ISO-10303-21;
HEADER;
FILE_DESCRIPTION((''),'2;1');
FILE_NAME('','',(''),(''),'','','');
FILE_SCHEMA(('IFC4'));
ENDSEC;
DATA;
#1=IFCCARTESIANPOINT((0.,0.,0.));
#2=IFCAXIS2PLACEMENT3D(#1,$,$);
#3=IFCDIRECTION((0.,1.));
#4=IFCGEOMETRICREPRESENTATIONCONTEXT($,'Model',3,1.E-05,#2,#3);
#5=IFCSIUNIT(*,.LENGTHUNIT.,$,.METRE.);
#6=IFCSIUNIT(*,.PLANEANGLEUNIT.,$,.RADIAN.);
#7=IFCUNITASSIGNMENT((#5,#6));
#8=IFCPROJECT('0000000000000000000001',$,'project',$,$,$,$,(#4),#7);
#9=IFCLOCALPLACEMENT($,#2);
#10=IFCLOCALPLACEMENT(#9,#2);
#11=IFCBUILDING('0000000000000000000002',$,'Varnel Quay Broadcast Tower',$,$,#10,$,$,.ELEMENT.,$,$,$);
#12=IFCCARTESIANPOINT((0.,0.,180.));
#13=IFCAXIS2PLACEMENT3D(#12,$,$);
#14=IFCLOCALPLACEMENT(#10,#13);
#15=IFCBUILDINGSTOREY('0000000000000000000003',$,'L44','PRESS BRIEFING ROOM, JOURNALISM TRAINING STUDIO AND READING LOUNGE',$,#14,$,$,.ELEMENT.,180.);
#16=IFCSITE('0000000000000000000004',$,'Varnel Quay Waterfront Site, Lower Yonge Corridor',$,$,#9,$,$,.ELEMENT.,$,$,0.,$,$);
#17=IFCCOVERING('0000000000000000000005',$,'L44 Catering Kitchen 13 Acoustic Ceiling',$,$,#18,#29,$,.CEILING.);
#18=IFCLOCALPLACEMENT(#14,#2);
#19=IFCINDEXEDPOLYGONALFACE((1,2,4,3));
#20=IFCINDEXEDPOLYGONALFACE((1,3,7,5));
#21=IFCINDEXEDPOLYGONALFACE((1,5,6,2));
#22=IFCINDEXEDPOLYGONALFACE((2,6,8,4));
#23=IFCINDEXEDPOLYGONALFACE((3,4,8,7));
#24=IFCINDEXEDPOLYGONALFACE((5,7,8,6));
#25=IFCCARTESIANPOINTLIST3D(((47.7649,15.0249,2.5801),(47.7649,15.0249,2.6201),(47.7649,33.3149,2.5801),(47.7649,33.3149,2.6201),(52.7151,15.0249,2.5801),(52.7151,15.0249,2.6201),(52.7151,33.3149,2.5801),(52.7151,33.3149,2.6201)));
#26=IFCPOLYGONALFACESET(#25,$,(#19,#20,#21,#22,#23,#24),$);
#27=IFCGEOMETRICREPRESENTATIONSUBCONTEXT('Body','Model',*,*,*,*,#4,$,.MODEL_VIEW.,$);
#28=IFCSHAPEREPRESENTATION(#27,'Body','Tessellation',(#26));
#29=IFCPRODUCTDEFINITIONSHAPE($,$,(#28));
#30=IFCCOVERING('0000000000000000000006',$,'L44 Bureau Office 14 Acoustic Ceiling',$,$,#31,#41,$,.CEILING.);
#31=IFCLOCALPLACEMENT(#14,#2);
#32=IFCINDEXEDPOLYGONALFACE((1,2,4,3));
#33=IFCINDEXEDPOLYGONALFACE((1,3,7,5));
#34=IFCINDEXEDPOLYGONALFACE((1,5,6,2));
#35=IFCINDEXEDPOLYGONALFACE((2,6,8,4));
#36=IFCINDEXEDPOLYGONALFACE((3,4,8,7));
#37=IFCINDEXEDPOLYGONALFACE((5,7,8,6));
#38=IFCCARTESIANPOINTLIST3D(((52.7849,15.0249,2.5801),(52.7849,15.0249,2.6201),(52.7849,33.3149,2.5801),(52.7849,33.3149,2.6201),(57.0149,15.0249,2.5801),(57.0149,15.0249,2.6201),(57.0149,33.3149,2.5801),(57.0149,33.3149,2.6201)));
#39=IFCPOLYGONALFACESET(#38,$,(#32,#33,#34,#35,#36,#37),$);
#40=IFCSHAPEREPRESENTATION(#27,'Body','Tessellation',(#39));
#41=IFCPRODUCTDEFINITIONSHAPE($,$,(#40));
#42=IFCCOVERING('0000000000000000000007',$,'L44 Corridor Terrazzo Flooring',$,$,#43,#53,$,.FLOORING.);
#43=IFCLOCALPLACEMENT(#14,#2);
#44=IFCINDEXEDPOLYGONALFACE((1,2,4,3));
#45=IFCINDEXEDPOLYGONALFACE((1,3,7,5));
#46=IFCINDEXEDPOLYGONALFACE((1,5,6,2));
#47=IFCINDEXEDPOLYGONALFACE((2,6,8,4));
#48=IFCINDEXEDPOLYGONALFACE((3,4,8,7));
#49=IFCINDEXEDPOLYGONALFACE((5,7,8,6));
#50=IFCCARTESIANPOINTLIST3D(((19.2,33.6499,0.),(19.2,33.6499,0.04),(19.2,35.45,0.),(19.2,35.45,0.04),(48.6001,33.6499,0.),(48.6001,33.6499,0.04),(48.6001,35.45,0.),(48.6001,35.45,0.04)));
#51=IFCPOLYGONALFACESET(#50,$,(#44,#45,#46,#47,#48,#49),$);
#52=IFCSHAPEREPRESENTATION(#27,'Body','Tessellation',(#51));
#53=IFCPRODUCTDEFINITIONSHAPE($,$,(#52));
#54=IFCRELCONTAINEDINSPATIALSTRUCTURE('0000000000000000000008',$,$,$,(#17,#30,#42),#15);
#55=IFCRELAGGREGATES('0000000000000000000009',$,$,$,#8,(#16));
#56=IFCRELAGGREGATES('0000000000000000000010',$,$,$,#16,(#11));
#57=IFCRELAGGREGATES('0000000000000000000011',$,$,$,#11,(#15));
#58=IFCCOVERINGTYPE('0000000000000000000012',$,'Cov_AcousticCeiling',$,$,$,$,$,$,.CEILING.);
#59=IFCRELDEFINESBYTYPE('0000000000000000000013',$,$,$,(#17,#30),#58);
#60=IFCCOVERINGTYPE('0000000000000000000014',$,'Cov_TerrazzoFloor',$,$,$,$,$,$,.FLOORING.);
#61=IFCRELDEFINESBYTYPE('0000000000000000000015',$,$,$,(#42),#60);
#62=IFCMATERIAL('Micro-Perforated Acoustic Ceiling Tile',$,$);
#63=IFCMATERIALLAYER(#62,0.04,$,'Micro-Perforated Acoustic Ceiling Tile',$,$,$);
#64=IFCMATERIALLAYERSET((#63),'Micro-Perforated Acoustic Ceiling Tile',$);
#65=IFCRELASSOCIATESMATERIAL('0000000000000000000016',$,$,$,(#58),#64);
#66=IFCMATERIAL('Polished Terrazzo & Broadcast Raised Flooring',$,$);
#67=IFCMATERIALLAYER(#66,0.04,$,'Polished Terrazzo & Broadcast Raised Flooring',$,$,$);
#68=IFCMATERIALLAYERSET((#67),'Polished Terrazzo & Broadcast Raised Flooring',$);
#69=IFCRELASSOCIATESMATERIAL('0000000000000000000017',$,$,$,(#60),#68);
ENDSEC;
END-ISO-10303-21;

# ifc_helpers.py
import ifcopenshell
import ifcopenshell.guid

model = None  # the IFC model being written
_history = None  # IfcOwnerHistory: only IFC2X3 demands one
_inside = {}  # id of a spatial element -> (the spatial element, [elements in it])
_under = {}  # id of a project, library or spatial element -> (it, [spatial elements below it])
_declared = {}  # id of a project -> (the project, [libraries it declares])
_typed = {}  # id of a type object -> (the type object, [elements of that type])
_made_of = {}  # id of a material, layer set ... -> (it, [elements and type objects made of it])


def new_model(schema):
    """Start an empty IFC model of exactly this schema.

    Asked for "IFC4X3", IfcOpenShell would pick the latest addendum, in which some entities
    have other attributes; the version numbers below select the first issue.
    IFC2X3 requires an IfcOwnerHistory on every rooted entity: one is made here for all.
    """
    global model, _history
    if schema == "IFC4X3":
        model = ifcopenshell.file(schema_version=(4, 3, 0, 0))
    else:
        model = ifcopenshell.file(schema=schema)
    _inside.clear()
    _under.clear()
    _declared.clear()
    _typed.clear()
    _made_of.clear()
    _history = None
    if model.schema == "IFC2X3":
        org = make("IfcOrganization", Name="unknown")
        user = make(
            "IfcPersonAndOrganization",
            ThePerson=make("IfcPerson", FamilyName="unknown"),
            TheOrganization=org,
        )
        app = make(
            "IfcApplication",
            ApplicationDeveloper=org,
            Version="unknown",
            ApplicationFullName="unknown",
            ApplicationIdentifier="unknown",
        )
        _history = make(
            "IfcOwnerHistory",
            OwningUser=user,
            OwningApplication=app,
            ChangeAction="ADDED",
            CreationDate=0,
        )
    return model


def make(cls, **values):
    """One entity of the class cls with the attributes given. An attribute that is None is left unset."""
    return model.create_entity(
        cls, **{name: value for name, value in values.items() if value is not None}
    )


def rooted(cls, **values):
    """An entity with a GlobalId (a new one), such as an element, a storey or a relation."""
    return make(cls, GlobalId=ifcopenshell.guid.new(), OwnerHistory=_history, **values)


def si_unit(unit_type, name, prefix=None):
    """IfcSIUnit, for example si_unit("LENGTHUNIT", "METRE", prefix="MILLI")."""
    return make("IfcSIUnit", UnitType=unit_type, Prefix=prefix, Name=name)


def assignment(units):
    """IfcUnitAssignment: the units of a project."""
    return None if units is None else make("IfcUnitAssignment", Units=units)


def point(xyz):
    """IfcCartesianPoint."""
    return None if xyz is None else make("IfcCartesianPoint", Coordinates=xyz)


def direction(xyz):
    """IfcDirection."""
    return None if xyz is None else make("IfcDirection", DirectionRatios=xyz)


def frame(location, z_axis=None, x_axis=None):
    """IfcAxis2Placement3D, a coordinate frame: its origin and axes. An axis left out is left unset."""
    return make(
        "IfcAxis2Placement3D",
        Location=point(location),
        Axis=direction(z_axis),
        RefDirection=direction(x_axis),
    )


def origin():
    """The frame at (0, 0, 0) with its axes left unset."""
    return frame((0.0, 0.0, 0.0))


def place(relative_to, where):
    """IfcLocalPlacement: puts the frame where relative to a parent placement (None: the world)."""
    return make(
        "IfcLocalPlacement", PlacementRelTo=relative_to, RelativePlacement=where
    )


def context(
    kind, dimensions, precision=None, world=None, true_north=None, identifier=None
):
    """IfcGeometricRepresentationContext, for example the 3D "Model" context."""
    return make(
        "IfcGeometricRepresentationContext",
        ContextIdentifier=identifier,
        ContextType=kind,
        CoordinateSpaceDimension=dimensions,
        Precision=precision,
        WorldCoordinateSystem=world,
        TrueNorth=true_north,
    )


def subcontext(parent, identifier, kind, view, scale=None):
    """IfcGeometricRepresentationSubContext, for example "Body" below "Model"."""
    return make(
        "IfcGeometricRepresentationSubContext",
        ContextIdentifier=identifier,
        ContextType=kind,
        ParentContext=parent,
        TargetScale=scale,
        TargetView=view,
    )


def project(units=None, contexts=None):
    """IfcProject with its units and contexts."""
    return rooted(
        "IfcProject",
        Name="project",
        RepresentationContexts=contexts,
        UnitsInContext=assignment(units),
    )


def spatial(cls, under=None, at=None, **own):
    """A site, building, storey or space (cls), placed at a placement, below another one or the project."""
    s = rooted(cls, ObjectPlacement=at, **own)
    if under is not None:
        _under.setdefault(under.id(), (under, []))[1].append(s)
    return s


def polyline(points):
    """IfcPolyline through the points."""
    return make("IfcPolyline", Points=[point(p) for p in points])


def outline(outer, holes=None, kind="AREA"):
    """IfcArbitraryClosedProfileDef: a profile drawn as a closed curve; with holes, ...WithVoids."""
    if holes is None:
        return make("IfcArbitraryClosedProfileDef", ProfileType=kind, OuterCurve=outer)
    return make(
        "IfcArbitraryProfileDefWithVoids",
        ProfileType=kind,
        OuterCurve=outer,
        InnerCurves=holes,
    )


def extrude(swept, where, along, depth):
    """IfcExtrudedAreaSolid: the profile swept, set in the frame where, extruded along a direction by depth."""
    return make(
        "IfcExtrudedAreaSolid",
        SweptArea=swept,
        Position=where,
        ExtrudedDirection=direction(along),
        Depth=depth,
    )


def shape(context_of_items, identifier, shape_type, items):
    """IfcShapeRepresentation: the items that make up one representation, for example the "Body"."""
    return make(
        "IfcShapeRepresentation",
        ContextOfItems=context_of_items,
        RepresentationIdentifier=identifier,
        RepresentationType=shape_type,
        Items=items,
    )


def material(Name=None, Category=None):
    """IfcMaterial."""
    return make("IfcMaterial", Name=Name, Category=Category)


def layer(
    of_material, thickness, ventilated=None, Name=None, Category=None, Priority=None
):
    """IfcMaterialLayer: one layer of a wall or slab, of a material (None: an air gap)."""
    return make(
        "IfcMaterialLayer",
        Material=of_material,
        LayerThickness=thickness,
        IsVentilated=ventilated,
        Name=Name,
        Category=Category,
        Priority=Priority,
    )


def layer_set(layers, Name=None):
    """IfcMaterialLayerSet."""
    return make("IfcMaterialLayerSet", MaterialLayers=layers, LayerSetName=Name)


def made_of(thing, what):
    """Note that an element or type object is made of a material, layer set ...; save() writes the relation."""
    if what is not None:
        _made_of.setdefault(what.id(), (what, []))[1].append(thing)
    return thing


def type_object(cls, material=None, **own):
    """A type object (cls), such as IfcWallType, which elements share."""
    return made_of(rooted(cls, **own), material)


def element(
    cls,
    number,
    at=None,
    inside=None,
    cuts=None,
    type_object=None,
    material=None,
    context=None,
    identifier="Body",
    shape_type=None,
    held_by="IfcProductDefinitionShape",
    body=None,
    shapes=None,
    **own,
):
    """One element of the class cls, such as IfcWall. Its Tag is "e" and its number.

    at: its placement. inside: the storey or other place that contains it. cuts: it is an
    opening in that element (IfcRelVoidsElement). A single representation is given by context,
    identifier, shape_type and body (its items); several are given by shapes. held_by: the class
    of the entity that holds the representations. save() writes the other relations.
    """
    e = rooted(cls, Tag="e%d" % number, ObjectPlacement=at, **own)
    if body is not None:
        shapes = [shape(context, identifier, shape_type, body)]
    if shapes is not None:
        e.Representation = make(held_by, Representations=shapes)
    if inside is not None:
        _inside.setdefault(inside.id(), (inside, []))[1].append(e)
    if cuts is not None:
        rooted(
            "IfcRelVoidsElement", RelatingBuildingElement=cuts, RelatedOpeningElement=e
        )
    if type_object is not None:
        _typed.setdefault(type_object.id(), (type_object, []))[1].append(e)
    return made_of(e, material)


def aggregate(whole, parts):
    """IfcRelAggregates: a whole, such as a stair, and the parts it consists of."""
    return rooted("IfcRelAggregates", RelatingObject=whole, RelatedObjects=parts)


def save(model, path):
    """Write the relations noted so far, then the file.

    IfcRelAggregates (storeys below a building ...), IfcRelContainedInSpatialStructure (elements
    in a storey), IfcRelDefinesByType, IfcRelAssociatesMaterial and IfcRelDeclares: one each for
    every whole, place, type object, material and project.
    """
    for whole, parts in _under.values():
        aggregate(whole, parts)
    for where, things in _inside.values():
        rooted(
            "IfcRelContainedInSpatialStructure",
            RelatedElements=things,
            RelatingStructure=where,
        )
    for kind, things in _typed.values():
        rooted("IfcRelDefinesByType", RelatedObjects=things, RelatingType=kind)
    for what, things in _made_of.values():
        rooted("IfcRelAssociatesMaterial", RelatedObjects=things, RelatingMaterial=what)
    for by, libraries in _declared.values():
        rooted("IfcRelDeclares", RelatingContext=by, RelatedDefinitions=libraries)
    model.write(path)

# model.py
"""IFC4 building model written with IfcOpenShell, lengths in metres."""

from ifc_helpers import new_model, si_unit, direction, frame, origin, place, context, subcontext, project, spatial, polyline, outline, extrude, material, layer, layer_set, type_object, element, save


model = new_model("IFC4")

# Units and contexts
model_context = context("Model", 3, precision=1e-05, world=origin(), true_north=direction((0.0, 1.0)))
body_context = subcontext(model_context, "Body", "Model", "MODEL_VIEW")
ifc_project = project(units=[si_unit("LENGTHUNIT", "METRE"), si_unit("PLANEANGLEUNIT", "RADIAN")], contexts=[model_context])

# Site, building, storey
site_placement = place(None, origin())
site = spatial("IfcSite", under=ifc_project, at=site_placement, Name="Varnel Quay Waterfront Site, Lower Yonge Corridor", CompositionType="ELEMENT", RefElevation=0.0)
building_placement = place(site_placement, origin())
building = spatial("IfcBuilding", under=site, at=building_placement, Name="Varnel Quay Broadcast Tower", CompositionType="ELEMENT")
storey_placement = place(building_placement, frame((0.0, 0.0, 180.0)))
storey = spatial("IfcBuildingStorey", under=building, at=storey_placement, Name="L44", Description="PRESS BRIEFING ROOM, JOURNALISM TRAINING STUDIO AND READING LOUNGE", CompositionType="ELEMENT", Elevation=180.0)

# Coverings
ifc_material_1 = material(Name="Micro-Perforated Acoustic Ceiling Tile")
ifc_layer_1 = layer(ifc_material_1, 0.04, Name="Micro-Perforated Acoustic Ceiling Tile")
ifc_layer_set_1 = layer_set([ifc_layer_1], Name="Micro-Perforated Acoustic Ceiling Tile")
covering_type_1 = type_object("IfcCoveringType", Name="Cov_AcousticCeiling", PredefinedType="CEILING", material=ifc_layer_set_1)
covering_1_placement = place(storey_placement, frame((0.0, 0.0, 2.5801)))
element("IfcCovering", 1, at=covering_1_placement, inside=storey, type_object=covering_type_1, Name="L44 Catering Kitchen 13 Acoustic Ceiling", PredefinedType="CEILING", context=body_context, shape_type="SweptSolid", body=[
    extrude(outline(polyline([(47.7649, 15.0249), (52.7151, 15.0249), (52.7151, 33.3149), (47.7649, 33.3149), (47.7649, 15.0249)])), origin(), (0.0, 0.0, 1.0), 0.04),
])
covering_2_placement = place(storey_placement, frame((0.0, 0.0, 2.5801)))
element("IfcCovering", 2, at=covering_2_placement, inside=storey, type_object=covering_type_1, Name="L44 Bureau Office 14 Acoustic Ceiling", PredefinedType="CEILING", context=body_context, shape_type="SweptSolid", body=[
    extrude(outline(polyline([(52.7849, 15.0249), (57.0149, 15.0249), (57.0149, 33.3149), (52.7849, 33.3149), (52.7849, 15.0249)])), origin(), (0.0, 0.0, 1.0), 0.04),
])
ifc_material_2 = material(Name="Polished Terrazzo & Broadcast Raised Flooring")
ifc_layer_2 = layer(ifc_material_2, 0.04, Name="Polished Terrazzo & Broadcast Raised Flooring")
ifc_layer_set_2 = layer_set([ifc_layer_2], Name="Polished Terrazzo & Broadcast Raised Flooring")
covering_type_2 = type_object("IfcCoveringType", Name="Cov_TerrazzoFloor", PredefinedType="FLOORING", material=ifc_layer_set_2)
covering_3_placement = place(storey_placement, origin())
element("IfcCovering", 3, at=covering_3_placement, inside=storey, type_object=covering_type_2, Name="L44 Corridor Terrazzo Flooring", PredefinedType="FLOORING", context=body_context, shape_type="SweptSolid", body=[
    extrude(outline(polyline([(19.2, 33.6499), (48.6001, 33.6499), (48.6001, 35.45), (19.2, 35.45), (19.2, 33.6499)])), origin(), (0.0, 0.0, 1.0), 0.04),
])

save(model, "model.ifc")
